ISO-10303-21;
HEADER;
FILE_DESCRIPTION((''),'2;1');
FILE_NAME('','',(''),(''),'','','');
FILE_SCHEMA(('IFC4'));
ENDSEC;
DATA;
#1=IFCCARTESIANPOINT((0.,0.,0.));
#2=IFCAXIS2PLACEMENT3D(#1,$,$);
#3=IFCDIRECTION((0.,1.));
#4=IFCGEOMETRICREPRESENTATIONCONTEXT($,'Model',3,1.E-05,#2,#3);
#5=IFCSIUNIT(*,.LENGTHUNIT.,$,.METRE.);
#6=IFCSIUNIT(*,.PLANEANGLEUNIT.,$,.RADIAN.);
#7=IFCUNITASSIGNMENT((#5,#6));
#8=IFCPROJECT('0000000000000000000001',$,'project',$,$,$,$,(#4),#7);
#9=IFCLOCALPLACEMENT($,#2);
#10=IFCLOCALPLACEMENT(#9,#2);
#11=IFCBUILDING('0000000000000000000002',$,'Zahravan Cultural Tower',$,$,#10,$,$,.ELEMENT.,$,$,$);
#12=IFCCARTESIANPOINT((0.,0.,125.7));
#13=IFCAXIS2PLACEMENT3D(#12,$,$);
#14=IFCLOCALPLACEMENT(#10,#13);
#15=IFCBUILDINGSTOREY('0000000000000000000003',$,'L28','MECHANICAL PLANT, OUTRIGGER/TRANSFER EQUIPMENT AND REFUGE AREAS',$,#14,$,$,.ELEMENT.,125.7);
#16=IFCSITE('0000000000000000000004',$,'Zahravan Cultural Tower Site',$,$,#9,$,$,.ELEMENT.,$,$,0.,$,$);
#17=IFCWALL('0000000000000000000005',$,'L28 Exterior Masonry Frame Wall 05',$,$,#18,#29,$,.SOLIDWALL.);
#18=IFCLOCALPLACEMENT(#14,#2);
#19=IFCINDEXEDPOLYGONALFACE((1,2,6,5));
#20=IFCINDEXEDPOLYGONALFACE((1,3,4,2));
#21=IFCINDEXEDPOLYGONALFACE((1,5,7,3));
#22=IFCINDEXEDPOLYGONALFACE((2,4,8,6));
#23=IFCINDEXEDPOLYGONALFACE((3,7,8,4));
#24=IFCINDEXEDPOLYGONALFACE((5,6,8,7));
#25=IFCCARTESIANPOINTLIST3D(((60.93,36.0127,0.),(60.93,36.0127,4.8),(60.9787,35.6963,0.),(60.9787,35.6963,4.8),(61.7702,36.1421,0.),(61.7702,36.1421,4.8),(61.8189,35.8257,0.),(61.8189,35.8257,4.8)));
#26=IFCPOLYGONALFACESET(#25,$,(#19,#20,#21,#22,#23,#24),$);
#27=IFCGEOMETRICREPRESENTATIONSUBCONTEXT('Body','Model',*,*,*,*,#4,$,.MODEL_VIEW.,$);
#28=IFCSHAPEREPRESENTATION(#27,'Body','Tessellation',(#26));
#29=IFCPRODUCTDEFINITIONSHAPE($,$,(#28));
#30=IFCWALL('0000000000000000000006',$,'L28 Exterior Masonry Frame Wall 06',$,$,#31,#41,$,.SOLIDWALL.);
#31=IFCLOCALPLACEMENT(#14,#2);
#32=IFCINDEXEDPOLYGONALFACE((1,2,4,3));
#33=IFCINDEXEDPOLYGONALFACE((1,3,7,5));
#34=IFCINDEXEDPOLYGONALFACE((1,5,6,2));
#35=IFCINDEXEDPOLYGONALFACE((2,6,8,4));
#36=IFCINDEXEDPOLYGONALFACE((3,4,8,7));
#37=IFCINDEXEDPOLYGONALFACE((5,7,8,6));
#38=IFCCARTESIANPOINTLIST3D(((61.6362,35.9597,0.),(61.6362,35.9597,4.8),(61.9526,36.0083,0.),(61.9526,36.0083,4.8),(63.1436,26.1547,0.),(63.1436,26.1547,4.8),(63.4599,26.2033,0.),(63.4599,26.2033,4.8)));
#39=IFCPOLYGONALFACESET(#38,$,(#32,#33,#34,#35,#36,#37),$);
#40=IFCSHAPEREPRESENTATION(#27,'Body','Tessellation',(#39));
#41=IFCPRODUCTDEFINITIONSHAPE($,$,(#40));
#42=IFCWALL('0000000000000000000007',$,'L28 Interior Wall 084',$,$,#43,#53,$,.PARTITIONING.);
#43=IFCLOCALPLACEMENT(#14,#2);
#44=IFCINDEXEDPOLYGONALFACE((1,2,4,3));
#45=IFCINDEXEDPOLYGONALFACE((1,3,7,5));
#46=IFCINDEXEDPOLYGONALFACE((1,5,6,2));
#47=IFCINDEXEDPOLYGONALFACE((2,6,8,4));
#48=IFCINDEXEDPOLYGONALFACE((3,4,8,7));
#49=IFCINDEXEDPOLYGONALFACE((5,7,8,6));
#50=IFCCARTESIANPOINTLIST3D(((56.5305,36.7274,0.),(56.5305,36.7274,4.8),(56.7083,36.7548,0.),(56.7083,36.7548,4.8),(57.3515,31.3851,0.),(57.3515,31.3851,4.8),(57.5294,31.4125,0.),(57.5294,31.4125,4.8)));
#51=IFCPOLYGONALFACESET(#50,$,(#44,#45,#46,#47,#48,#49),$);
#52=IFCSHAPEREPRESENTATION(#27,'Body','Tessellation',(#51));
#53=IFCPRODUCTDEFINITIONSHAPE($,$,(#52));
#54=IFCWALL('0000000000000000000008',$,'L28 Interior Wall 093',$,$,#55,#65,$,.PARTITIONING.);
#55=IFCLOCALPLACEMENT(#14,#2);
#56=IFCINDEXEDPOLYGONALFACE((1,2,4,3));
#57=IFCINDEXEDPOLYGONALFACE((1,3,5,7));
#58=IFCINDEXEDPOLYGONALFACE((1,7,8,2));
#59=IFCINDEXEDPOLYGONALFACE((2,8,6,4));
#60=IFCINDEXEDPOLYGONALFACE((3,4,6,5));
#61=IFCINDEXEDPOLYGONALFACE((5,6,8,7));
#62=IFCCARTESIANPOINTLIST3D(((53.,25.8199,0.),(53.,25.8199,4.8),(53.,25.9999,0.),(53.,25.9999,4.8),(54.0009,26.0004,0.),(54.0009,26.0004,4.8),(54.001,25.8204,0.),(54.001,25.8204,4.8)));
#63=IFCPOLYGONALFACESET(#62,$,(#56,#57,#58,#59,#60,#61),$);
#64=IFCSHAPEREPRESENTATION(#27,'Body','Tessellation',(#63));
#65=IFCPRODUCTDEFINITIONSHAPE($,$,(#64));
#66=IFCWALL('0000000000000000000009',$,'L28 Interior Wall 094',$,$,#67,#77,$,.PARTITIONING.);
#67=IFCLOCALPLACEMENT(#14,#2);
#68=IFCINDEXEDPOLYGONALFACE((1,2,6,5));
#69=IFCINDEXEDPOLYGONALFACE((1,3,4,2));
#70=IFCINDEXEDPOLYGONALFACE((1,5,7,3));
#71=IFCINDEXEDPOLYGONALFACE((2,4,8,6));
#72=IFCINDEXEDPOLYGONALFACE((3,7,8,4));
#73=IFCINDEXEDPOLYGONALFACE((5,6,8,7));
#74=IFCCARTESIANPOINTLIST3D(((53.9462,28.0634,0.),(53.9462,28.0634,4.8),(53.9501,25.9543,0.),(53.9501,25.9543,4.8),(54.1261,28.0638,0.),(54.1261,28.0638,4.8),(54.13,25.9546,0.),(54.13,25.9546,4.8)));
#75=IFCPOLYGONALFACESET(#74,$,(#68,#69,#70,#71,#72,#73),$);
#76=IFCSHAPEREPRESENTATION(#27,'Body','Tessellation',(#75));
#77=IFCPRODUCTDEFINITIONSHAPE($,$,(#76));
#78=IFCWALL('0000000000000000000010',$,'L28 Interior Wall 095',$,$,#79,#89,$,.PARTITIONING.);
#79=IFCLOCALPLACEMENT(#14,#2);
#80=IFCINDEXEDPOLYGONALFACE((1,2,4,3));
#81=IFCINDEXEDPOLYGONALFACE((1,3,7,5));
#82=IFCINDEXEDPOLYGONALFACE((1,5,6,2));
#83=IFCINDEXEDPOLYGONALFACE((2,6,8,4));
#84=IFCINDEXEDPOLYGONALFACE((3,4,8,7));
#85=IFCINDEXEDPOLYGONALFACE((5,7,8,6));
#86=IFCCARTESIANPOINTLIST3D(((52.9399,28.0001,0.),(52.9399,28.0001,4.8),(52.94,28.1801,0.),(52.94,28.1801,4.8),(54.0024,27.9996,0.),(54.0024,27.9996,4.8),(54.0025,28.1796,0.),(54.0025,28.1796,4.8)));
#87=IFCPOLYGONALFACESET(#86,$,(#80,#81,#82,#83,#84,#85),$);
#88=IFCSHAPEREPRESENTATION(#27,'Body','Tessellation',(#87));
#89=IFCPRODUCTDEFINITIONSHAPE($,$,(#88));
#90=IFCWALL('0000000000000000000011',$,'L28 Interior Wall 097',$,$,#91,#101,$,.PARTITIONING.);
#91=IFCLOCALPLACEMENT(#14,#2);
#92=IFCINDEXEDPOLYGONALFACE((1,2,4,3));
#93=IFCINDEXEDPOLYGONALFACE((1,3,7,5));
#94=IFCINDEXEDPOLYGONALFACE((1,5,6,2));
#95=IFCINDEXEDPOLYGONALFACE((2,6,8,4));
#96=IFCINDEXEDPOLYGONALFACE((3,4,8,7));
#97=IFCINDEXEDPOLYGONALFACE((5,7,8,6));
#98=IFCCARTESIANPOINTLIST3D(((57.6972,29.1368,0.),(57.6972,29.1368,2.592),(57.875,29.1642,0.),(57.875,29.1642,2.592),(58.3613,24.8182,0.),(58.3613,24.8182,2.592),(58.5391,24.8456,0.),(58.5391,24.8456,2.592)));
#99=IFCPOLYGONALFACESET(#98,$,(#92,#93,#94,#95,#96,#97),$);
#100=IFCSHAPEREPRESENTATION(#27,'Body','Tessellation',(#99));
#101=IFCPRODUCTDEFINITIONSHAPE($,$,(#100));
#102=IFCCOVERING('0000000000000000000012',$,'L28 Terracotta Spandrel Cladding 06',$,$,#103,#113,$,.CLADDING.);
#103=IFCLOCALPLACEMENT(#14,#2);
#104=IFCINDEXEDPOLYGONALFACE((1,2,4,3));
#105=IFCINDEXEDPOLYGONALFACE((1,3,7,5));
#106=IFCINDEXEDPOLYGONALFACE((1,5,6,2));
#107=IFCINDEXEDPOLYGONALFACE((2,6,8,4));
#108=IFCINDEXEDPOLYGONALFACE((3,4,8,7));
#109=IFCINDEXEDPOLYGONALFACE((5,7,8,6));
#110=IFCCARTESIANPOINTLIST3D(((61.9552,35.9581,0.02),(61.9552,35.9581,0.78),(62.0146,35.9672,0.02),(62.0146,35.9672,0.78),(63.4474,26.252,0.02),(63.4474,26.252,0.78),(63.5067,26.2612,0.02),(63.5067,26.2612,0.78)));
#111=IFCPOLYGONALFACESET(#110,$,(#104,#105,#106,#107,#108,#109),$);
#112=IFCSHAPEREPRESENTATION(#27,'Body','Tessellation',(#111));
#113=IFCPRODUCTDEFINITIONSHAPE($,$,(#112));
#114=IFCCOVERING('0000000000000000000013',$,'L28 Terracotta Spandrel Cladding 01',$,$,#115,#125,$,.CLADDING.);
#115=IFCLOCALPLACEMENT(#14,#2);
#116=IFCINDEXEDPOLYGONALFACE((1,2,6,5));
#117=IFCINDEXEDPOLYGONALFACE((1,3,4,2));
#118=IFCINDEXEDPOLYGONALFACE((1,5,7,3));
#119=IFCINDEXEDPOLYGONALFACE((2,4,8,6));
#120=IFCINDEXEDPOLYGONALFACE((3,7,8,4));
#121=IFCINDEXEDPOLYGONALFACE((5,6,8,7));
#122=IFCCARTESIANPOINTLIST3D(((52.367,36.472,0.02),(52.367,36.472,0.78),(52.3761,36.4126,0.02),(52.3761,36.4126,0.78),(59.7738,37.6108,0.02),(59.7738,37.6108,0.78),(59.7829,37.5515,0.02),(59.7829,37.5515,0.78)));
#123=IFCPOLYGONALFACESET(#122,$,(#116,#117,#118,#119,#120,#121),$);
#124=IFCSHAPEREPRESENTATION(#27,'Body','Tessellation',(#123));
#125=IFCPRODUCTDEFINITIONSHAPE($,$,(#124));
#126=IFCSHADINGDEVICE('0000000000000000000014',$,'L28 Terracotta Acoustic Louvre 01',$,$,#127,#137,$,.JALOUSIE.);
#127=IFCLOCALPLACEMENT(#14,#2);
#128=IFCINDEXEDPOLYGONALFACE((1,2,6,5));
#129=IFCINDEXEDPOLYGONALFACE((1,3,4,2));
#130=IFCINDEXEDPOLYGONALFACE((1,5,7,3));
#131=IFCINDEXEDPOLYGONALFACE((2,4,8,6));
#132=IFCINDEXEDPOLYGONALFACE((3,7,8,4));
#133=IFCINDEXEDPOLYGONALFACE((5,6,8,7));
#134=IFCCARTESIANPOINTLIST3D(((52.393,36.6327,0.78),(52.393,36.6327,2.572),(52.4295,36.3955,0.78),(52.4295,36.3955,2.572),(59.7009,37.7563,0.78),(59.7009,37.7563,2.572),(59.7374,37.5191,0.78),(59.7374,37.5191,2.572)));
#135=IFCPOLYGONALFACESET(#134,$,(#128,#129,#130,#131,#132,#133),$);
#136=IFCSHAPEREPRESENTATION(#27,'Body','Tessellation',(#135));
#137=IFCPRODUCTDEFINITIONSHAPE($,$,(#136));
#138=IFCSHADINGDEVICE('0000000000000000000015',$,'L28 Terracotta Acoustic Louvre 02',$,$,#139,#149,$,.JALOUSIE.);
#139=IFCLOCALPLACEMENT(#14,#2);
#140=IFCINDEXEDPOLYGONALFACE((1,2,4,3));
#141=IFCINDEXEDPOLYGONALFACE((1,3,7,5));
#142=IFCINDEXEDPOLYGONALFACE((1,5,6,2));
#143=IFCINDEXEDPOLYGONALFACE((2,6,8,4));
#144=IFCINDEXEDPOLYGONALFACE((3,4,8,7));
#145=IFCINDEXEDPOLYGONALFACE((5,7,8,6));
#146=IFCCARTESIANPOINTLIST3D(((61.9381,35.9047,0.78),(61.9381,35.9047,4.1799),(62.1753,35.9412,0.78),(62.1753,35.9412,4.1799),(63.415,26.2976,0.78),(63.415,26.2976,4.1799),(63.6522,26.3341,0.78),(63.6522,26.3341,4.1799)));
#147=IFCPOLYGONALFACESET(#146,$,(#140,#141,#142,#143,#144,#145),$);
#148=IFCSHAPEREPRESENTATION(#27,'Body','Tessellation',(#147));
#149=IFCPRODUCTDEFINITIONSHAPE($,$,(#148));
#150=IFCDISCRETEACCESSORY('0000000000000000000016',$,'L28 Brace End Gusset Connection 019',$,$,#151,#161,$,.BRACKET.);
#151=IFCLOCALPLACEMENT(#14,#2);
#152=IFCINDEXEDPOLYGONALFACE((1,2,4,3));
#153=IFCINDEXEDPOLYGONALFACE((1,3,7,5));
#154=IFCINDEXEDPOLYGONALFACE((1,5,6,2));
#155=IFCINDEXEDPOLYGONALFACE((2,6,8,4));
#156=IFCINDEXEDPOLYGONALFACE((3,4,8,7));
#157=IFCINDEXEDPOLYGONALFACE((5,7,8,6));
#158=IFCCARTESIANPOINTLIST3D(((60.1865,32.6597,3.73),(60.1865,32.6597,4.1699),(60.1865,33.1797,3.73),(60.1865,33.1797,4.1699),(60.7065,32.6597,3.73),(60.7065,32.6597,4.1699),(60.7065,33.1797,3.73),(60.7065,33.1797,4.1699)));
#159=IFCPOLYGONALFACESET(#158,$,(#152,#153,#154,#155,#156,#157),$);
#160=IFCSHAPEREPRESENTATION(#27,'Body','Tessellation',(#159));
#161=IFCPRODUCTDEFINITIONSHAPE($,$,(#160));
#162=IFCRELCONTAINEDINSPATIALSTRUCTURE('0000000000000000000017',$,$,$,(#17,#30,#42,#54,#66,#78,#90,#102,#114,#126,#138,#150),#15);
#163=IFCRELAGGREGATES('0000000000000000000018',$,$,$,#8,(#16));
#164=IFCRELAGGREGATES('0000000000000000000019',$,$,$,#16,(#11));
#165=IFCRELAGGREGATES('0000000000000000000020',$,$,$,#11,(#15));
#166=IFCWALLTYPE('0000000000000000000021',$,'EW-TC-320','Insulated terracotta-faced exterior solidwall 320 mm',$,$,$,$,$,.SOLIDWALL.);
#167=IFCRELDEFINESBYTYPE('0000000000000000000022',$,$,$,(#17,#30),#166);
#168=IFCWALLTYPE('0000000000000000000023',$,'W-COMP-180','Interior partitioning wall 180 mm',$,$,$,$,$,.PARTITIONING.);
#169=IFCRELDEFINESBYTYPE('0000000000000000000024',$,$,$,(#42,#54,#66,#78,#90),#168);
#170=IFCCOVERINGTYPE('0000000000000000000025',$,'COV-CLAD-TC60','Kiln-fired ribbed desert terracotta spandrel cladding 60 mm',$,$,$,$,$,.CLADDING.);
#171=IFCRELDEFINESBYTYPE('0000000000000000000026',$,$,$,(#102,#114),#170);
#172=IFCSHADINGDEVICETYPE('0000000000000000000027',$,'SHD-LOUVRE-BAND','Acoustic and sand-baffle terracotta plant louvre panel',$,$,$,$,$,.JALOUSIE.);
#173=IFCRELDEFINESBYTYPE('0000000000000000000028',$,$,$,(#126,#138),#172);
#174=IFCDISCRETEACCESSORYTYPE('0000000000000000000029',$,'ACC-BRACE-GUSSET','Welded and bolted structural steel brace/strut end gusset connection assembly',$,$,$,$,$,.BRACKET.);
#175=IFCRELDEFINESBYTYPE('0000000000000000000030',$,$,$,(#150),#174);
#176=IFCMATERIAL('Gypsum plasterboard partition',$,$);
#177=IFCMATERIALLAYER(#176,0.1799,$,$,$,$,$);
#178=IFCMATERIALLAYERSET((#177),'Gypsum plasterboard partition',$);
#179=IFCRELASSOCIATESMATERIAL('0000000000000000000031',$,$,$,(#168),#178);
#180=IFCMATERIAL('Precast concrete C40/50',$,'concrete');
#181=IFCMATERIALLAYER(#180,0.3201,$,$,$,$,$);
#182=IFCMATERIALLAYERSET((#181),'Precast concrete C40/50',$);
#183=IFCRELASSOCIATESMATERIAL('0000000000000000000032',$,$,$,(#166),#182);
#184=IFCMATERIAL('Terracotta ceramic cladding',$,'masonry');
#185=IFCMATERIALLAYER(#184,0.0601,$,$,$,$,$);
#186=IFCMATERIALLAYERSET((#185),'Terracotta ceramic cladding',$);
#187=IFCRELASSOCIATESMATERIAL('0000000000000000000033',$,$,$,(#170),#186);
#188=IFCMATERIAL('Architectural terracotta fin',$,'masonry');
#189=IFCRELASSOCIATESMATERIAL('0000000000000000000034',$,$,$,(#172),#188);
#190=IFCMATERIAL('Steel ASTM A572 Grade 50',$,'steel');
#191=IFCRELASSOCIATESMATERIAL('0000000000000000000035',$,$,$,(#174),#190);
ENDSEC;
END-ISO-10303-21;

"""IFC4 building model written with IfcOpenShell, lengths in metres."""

from ifc_helpers import new_model, si_unit, direction, frame, frame_2d, origin, origin_2d, place, context, subcontext, project, spatial, rectangle, extrude, source, transform, mapped, material, layer, layer_set, type_object, element, save


model = new_model("IFC4")

# Units and contexts
model_context = context("Model", 3, precision=1e-05, world=origin(), true_north=direction((0.0, 1.0)))
body_context = subcontext(model_context, "Body", "Model", "MODEL_VIEW")
ifc_project = project(units=[si_unit("LENGTHUNIT", "METRE"), si_unit("PLANEANGLEUNIT", "RADIAN")], contexts=[model_context])

# Site, building, storey
site_placement = place(None, origin())
site = spatial("IfcSite", under=ifc_project, at=site_placement, Name="Zahravan Cultural Tower Site", CompositionType="ELEMENT", RefElevation=0.0)
building_placement = place(site_placement, origin())
building = spatial("IfcBuilding", under=site, at=building_placement, Name="Zahravan Cultural Tower", CompositionType="ELEMENT")
storey_placement = place(building_placement, frame((0.0, 0.0, 125.7)))
storey = spatial("IfcBuildingStorey", under=building, at=storey_placement, Name="L28", Description="MECHANICAL PLANT, OUTRIGGER/TRANSFER EQUIPMENT AND REFUGE AREAS", CompositionType="ELEMENT", Elevation=125.7)

# Shared definitions
ifc_material_1 = material(Name="Gypsum plasterboard partition")
ifc_layer_1 = layer(ifc_material_1, 0.1799)
ifc_layer_set_1 = layer_set([ifc_layer_1], Name="Gypsum plasterboard partition")
wall_type_1 = type_object("IfcWallType", Name="W-COMP-180", Description="Interior partitioning wall 180 mm", PredefinedType="PARTITIONING", material=ifc_layer_set_1)
ifc_material_2 = material(Name="Steel ASTM A572 Grade 50", Category="steel")

# Walls
ifc_material_3 = material(Name="Precast concrete C40/50", Category="concrete")
ifc_layer_2 = layer(ifc_material_3, 0.3201)
ifc_layer_set_2 = layer_set([ifc_layer_2], Name="Precast concrete C40/50")
wall_type_2 = type_object("IfcWallType", Name="EW-TC-320", Description="Insulated terracotta-faced exterior solidwall 320 mm", PredefinedType="SOLIDWALL", material=ifc_layer_set_2)
shared_shape_1 = source(origin(), body_context, "Body", "SweptSolid", [
    extrude(rectangle(XDim=0.8501, YDim=0.3201, at=frame_2d((0.425, 0.0))), origin(), (0.0, 0.0, 1.0), 4.8),
])
for number, where, z_axis, x_axis, name in (
    (1, (60.9543, 35.8545, 0.0), (0.0, 0.0, 1.0), (0.988345, 0.15223, 0.0), "L28 Exterior Masonry Frame Wall 05"),
):
    element("IfcWall", number, at=place(storey_placement, frame(where, z_axis=z_axis, x_axis=x_axis)), inside=storey, type_object=wall_type_2, Name=name, PredefinedType="SOLIDWALL", context=body_context, shape_type="MappedRepresentation", body=[
        mapped(shared_shape_1, transform((0.0, 0.0, 0.0), x_axis=(1.0, 0.0, 0.0), y_axis=(0.0, 1.0, 0.0), z_axis=(0.0, 0.0, 1.0), scale=1.0)),
    ])
shared_shape_2 = source(origin(), body_context, "Body", "SweptSolid", [
    extrude(rectangle(XDim=9.9202, YDim=0.3201, at=frame_2d((4.96, 0.0))), origin(), (0.0, 0.0, 1.0), 4.8),
])
wall_1_placement = place(storey_placement, frame((61.7944, 35.9839, 0.0), z_axis=(0.0, 0.0, 1.0), x_axis=(0.151946, -0.988389, 0.0)))
element("IfcWall", 2, at=wall_1_placement, inside=storey, type_object=wall_type_2, Name="L28 Exterior Masonry Frame Wall 06", PredefinedType="SOLIDWALL", context=body_context, shape_type="MappedRepresentation", body=[
    mapped(shared_shape_2, transform((0.0, 0.0, 0.0), x_axis=(1.0, 0.0, 0.0), y_axis=(0.0, 1.0, 0.0), z_axis=(0.0, 0.0, 1.0), scale=1.0)),
])
shared_shape_3 = source(origin(), body_context, "Body", "SweptSolid", [
    extrude(rectangle(XDim=5.405, YDim=0.1799, at=frame_2d((2.7026, 0.0))), origin(), (0.0, 0.0, 1.0), 4.8),
])
wall_2_placement = place(storey_placement, frame((56.6194, 36.7412, 0.0), z_axis=(0.0, 0.0, 1.0), x_axis=(0.151904, -0.988395, 0.0)))
element("IfcWall", 3, at=wall_2_placement, inside=storey, type_object=wall_type_1, Name="L28 Interior Wall 084", PredefinedType="PARTITIONING", context=body_context, shape_type="MappedRepresentation", body=[
    mapped(shared_shape_3, transform((0.0, 0.0, 0.0), x_axis=(1.0, 0.0, 0.0), y_axis=(0.0, 1.0, 0.0), z_axis=(0.0, 0.0, 1.0), scale=1.0)),
])
shared_shape_4 = source(origin(), body_context, "Body", "SweptSolid", [
    extrude(rectangle(XDim=1.001, YDim=0.1799, at=frame_2d((0.5005, 0.0))), origin(), (0.0, 0.0, 1.0), 4.8),
])
wall_3_placement = place(storey_placement, frame((53.0, 25.9099, 0.0), z_axis=(0.0, 0.0, 1.0), x_axis=(1.0, 0.000488, 0.0)))
element("IfcWall", 4, at=wall_3_placement, inside=storey, type_object=wall_type_1, Name="L28 Interior Wall 093", PredefinedType="PARTITIONING", context=body_context, shape_type="MappedRepresentation", body=[
    mapped(shared_shape_4, transform((0.0, 0.0, 0.0), x_axis=(1.0, 0.0, 0.0), y_axis=(0.0, 1.0, 0.0), z_axis=(0.0, 0.0, 1.0), scale=1.0)),
])
shared_shape_5 = source(origin(), body_context, "Body", "SweptSolid", [
    extrude(rectangle(XDim=2.1091, YDim=0.1799, at=frame_2d((1.0547, 0.0))), origin(), (0.0, 0.0, 1.0), 4.8),
])
wall_4_placement = place(storey_placement, frame((54.04, 25.9543, 0.0), z_axis=(0.0, 0.0, 1.0), x_axis=(-0.001852, 0.999998, 0.0)))
element("IfcWall", 5, at=wall_4_placement, inside=storey, type_object=wall_type_1, Name="L28 Interior Wall 094", PredefinedType="PARTITIONING", context=body_context, shape_type="MappedRepresentation", body=[
    mapped(shared_shape_5, transform((0.0, 0.0, 0.0), x_axis=(1.0, 0.0, 0.0), y_axis=(0.0, 1.0, 0.0), z_axis=(0.0, 0.0, 1.0), scale=1.0)),
])
shared_shape_6 = source(origin(), body_context, "Body", "SweptSolid", [
    extrude(rectangle(XDim=1.0625, YDim=0.1799, at=frame_2d((0.5312, 0.0))), origin(), (0.0, 0.0, 1.0), 4.8),
])
wall_5_placement = place(storey_placement, frame((54.0024, 28.0896, 0.0), z_axis=(0.0, 0.0, 1.0), x_axis=(-1.0, 0.00046, 0.0)))
element("IfcWall", 6, at=wall_5_placement, inside=storey, type_object=wall_type_1, Name="L28 Interior Wall 095", PredefinedType="PARTITIONING", context=body_context, shape_type="MappedRepresentation", body=[
    mapped(shared_shape_6, transform((0.0, 0.0, 0.0), x_axis=(1.0, 0.0, 0.0), y_axis=(0.0, 1.0, 0.0), z_axis=(0.0, 0.0, 1.0), scale=1.0)),
])
shared_shape_7 = source(origin(), body_context, "Body", "SweptSolid", [
    extrude(rectangle(XDim=4.3694, YDim=0.1799, at=frame_2d((2.1846, 0.0))), origin(), (0.0, 0.0, 1.0), 2.592),
])
wall_6_placement = place(storey_placement, frame((57.7861, 29.1504, 0.0), z_axis=(0.0, 0.0, 1.0), x_axis=(0.151982, -0.988383, 0.0)))
element("IfcWall", 7, at=wall_6_placement, inside=storey, type_object=wall_type_1, Name="L28 Interior Wall 097", PredefinedType="PARTITIONING", context=body_context, shape_type="MappedRepresentation", body=[
    mapped(shared_shape_7, transform((0.0, 0.0, 0.0), x_axis=(1.0, 0.0, 0.0), y_axis=(0.0, 1.0, 0.0), z_axis=(0.0, 0.0, 1.0), scale=1.0)),
])

# Coverings
ifc_material_4 = material(Name="Terracotta ceramic cladding", Category="masonry")
ifc_layer_3 = layer(ifc_material_4, 0.0601)
ifc_layer_set_3 = layer_set([ifc_layer_3], Name="Terracotta ceramic cladding")
covering_type = type_object("IfcCoveringType", Name="COV-CLAD-TC60", Description="Kiln-fired ribbed desert terracotta spandrel cladding 60 mm", PredefinedType="CLADDING", material=ifc_layer_set_3)
shared_shape_8 = source(origin(), body_context, "Body", "SweptSolid", [
    extrude(rectangle(XDim=9.8201, YDim=0.0601, at=origin_2d()), origin(), (0.0, 0.0, 1.0), 0.76),
])
covering_1_placement = place(storey_placement, frame((62.731, 31.1096, 0.02), z_axis=(0.0, 0.0, 1.0), x_axis=(0.151951, -0.988388, 0.0)))
element("IfcCovering", 8, at=covering_1_placement, inside=storey, type_object=covering_type, Name="L28 Terracotta Spandrel Cladding 06", PredefinedType="CLADDING", context=body_context, shape_type="MappedRepresentation", body=[
    mapped(shared_shape_8, transform((0.0, 0.0, 0.0), x_axis=(1.0, 0.0, 0.0), y_axis=(0.0, 1.0, 0.0), z_axis=(0.0, 0.0, 1.0), scale=1.0)),
])
shared_shape_9 = source(origin(), body_context, "Body", "SweptSolid", [
    extrude(rectangle(XDim=7.4939, YDim=0.0601, at=origin_2d()), origin(), (0.0, 0.0, 1.0), 0.76),
])
covering_2_placement = place(storey_placement, frame((56.075, 37.0117, 0.02), z_axis=(0.0, 0.0, 1.0), x_axis=(0.988385, 0.151968, 0.0)))
element("IfcCovering", 9, at=covering_2_placement, inside=storey, type_object=covering_type, Name="L28 Terracotta Spandrel Cladding 01", PredefinedType="CLADDING", context=body_context, shape_type="MappedRepresentation", body=[
    mapped(shared_shape_9, transform((0.0, 0.0, 0.0), x_axis=(1.0, 0.0, 0.0), y_axis=(0.0, 1.0, 0.0), z_axis=(0.0, 0.0, 1.0), scale=1.0)),
])

# Shading devices
ifc_material_5 = material(Name="Architectural terracotta fin", Category="masonry")
shading_device_type = type_object("IfcShadingDeviceType", Name="SHD-LOUVRE-BAND", Description="Acoustic and sand-baffle terracotta plant louvre panel", PredefinedType="JALOUSIE", material=ifc_material_5)
shared_shape_10 = source(origin(), body_context, "Body", "SweptSolid", [
    extrude(rectangle(XDim=7.3938, YDim=0.24, at=origin_2d()), origin(), (0.0, 0.0, 1.0), 1.792),
])
shading_device_1_placement = place(storey_placement, frame((56.0652, 37.0759, 0.78), z_axis=(0.0, 0.0, 1.0), x_axis=(0.988385, 0.151968, 0.0)))
element("IfcShadingDevice", 10, at=shading_device_1_placement, inside=storey, type_object=shading_device_type, Name="L28 Terracotta Acoustic Louvre 01", PredefinedType="JALOUSIE", context=body_context, shape_type="MappedRepresentation", body=[
    mapped(shared_shape_10, transform((0.0, 0.0, 0.0), x_axis=(1.0, 0.0, 0.0), y_axis=(0.0, 1.0, 0.0), z_axis=(0.0, 0.0, 1.0), scale=1.0)),
])
shared_shape_11 = source(origin(), body_context, "Body", "SweptSolid", [
    extrude(rectangle(XDim=9.72, YDim=0.24, at=origin_2d()), origin(), (0.0, 0.0, 1.0), 3.3999),
])
shading_device_2_placement = place(storey_placement, frame((62.7952, 31.1194, 0.78), z_axis=(0.0, 0.0, 1.0), x_axis=(0.151951, -0.988388, 0.0)))
element("IfcShadingDevice", 11, at=shading_device_2_placement, inside=storey, type_object=shading_device_type, Name="L28 Terracotta Acoustic Louvre 02", PredefinedType="JALOUSIE", context=body_context, shape_type="MappedRepresentation", body=[
    mapped(shared_shape_11, transform((0.0, 0.0, 0.0), x_axis=(1.0, 0.0, 0.0), y_axis=(0.0, 1.0, 0.0), z_axis=(0.0, 0.0, 1.0), scale=1.0)),
])

# Discrete accessory
discrete_accessory_type = type_object("IfcDiscreteAccessoryType", Name="ACC-BRACE-GUSSET", Description="Welded and bolted structural steel brace/strut end gusset connection assembly", PredefinedType="BRACKET", material=ifc_material_2)
shared_shape_12 = source(origin(), body_context, "Body", "SweptSolid", [
    extrude(rectangle(XDim=0.52, YDim=0.52, at=origin_2d()), origin(), (0.0, 0.0, 1.0), 0.4399),
])
for number, where, z_axis, x_axis, name in (
    (12, (60.4465, 32.9197, 3.73), (0.0, 0.0, 1.0), (1.0, 0.0, 0.0), "L28 Brace End Gusset Connection 019"),
):
    element("IfcDiscreteAccessory", number, at=place(storey_placement, frame(where, z_axis=z_axis, x_axis=x_axis)), inside=storey, type_object=discrete_accessory_type, Name=name, PredefinedType="BRACKET", context=body_context, shape_type="MappedRepresentation", body=[
        mapped(shared_shape_12, transform((0.0, 0.0, 0.0), x_axis=(1.0, 0.0, 0.0), y_axis=(0.0, 1.0, 0.0), z_axis=(0.0, 0.0, 1.0), scale=1.0)),
    ])

save(model, "model.ifc")
